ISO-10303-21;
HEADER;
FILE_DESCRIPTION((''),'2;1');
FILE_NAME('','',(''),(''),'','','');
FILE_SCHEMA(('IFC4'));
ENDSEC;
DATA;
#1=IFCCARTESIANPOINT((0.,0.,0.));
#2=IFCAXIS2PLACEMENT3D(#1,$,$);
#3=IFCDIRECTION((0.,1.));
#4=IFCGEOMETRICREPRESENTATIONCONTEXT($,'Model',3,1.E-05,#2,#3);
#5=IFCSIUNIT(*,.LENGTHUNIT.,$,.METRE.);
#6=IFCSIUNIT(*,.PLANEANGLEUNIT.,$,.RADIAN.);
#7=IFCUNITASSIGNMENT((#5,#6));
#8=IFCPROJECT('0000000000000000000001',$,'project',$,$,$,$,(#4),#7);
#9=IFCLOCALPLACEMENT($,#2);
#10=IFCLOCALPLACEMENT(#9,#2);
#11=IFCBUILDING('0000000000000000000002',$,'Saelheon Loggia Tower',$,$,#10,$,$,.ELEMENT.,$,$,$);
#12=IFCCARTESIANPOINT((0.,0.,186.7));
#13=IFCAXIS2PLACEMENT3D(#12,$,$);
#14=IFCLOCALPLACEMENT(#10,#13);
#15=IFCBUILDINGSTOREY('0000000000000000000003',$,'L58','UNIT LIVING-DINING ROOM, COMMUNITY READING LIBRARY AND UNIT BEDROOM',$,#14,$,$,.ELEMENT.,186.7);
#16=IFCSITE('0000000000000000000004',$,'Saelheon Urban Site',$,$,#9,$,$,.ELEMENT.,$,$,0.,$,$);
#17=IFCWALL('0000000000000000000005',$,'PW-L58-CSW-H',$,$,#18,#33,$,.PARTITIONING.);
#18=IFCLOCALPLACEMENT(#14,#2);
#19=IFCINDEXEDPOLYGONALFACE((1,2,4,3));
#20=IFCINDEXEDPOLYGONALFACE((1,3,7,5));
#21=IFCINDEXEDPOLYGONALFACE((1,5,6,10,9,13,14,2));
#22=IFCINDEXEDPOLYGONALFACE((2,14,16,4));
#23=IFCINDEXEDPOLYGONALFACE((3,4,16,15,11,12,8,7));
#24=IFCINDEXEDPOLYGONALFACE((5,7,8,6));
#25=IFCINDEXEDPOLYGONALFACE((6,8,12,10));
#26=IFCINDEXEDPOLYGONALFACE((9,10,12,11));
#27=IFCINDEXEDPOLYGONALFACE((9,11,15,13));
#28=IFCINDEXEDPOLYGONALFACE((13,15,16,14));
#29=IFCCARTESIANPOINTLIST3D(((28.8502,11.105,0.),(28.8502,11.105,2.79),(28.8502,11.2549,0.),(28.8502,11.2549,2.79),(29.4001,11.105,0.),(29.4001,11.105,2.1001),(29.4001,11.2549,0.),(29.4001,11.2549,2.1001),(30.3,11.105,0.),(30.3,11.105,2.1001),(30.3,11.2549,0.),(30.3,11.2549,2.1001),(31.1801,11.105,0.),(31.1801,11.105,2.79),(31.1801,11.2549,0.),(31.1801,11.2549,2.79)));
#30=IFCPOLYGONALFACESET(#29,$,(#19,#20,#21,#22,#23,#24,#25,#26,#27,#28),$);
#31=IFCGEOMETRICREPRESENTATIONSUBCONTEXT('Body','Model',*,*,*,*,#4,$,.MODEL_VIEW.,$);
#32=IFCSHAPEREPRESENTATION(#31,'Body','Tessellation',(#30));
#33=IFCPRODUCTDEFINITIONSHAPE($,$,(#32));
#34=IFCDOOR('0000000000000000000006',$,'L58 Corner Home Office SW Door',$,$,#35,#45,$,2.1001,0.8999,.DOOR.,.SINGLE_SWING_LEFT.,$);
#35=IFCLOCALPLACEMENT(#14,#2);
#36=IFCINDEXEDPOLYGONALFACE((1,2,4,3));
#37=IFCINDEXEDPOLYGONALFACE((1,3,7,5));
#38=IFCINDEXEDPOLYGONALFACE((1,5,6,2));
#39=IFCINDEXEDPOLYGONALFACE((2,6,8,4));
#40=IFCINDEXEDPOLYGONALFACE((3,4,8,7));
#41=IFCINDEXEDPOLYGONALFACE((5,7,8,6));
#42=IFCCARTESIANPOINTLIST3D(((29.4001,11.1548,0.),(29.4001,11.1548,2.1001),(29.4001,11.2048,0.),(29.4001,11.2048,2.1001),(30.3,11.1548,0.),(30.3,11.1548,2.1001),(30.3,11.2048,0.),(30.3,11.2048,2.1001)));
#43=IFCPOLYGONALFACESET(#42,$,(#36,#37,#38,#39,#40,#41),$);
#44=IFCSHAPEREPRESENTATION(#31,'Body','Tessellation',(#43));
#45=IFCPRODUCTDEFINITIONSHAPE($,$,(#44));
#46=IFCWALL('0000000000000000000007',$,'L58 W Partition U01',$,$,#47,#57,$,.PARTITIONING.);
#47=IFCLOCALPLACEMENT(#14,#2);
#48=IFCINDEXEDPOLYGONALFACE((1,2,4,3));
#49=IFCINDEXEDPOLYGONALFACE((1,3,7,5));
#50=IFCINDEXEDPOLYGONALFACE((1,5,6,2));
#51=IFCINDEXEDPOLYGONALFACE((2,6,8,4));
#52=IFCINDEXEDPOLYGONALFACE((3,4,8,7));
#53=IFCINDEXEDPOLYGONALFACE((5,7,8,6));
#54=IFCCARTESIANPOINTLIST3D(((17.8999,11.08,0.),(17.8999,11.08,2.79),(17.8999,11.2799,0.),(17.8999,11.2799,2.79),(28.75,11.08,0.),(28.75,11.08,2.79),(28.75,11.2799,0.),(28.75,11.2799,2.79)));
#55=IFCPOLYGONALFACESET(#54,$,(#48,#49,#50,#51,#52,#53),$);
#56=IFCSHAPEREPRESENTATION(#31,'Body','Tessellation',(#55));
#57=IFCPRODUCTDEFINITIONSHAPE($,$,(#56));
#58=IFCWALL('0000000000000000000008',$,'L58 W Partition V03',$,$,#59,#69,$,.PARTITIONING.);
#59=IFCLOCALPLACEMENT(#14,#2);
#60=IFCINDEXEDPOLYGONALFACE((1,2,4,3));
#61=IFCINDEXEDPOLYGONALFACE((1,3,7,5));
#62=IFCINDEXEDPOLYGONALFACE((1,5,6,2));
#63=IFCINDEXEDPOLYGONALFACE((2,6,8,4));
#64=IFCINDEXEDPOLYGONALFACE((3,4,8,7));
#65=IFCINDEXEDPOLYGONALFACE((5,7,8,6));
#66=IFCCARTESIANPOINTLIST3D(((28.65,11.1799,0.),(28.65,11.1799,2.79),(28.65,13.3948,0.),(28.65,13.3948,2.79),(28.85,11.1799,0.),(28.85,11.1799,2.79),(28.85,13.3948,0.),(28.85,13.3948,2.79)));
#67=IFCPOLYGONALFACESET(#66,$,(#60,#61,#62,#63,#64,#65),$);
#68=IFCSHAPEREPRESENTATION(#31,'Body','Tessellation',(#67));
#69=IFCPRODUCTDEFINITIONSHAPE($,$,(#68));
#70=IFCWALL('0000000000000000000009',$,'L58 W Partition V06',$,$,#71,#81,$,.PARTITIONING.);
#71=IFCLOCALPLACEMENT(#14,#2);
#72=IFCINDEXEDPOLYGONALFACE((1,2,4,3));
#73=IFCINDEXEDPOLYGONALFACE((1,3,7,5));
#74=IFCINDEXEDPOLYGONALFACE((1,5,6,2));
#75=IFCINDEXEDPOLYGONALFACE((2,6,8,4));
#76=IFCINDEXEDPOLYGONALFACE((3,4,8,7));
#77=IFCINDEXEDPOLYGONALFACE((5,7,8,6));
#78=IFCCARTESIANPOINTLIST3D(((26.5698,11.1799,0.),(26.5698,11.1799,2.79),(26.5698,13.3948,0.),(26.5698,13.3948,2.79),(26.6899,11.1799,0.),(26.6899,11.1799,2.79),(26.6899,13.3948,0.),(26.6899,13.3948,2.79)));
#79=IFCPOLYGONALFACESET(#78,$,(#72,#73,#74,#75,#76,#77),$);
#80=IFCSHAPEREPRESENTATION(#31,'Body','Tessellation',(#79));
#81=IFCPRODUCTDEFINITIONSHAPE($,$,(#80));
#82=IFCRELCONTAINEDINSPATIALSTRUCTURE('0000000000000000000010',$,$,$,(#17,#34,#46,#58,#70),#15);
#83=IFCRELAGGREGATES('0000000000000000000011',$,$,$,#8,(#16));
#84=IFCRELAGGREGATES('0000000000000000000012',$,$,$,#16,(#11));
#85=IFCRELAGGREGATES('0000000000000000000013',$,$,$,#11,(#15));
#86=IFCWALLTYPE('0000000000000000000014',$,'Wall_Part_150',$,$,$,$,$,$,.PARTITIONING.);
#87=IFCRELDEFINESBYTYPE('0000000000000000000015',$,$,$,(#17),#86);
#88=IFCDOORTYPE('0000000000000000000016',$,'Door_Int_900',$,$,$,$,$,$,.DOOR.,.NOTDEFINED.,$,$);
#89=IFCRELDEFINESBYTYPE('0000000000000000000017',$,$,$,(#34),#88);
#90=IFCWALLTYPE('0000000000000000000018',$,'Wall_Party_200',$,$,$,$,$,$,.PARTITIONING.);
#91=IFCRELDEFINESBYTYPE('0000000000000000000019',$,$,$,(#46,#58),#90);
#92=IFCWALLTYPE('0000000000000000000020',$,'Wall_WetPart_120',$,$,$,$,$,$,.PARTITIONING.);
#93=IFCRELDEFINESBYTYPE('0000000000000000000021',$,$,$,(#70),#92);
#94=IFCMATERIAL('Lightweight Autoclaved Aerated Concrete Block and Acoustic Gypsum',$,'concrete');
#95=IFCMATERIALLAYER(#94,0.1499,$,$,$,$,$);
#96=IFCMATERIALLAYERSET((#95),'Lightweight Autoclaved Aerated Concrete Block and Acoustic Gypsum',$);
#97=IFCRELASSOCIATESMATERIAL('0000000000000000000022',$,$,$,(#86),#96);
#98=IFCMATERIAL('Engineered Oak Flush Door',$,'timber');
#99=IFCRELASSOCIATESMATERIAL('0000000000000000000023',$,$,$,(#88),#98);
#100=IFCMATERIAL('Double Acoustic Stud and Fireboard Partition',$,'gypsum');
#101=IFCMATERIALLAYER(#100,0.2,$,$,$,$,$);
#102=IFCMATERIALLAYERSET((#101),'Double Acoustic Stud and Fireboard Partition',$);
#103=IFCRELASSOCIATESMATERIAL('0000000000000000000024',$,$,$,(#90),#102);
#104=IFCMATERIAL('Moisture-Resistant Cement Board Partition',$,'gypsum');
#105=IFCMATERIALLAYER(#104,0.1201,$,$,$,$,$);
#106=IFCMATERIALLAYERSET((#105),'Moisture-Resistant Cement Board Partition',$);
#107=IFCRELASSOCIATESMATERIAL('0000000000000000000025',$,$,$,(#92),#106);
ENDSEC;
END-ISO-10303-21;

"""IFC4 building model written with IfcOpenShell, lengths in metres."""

from ifc_helpers import new_model, si_unit, direction, frame, frame_2d, origin, place, context, subcontext, project, spatial, rectangle, extrude, source, transform, mapped, material, layer, layer_set, type_object, element, fill, save


model = new_model("IFC4")

# Units and contexts
model_context = context("Model", 3, precision=1e-05, world=origin(), true_north=direction((0.0, 1.0)))
body_context = subcontext(model_context, "Body", "Model", "MODEL_VIEW")
ifc_project = project(units=[si_unit("LENGTHUNIT", "METRE"), si_unit("PLANEANGLEUNIT", "RADIAN")], contexts=[model_context])

# Site, building, storey
site_placement = place(None, origin())
site = spatial("IfcSite", under=ifc_project, at=site_placement, Name="Saelheon Urban Site", CompositionType="ELEMENT", RefElevation=0.0)
building_placement = place(site_placement, origin())
building = spatial("IfcBuilding", under=site, at=building_placement, Name="Saelheon Loggia Tower", CompositionType="ELEMENT")
storey_placement = place(building_placement, frame((0.0, 0.0, 186.7)))
storey = spatial("IfcBuildingStorey", under=building, at=storey_placement, Name="L58", Description="UNIT LIVING-DINING ROOM, COMMUNITY READING LIBRARY AND UNIT BEDROOM", CompositionType="ELEMENT", Elevation=186.7)

# Wall, opening, door
ifc_material_1 = material(Name="Lightweight Autoclaved Aerated Concrete Block and Acoustic Gypsum", Category="concrete")
ifc_layer_1 = layer(ifc_material_1, 0.1499)
ifc_layer_set_1 = layer_set([ifc_layer_1], Name="Lightweight Autoclaved Aerated Concrete Block and Acoustic Gypsum")
wall_type_1 = type_object("IfcWallType", Name="Wall_Part_150", PredefinedType="PARTITIONING", material=ifc_layer_set_1)
wall_1_placement = place(storey_placement, frame((28.8501, 11.1799, 0.0), z_axis=(0.0, 0.0, 1.0), x_axis=(1.0, 0.0, 0.0)))
wall_1 = element("IfcWall", 1, at=wall_1_placement, inside=storey, type_object=wall_type_1, Name="PW-L58-CSW-H", PredefinedType="PARTITIONING", context=body_context, shape_type="SweptSolid", body=[
    extrude(rectangle(XDim=2.3298, YDim=0.1499, at=frame_2d((1.165, 0.0))), origin(), (0.0, 0.0, 1.0), 2.79),
])
opening_placement = place(wall_1_placement, frame((0.55, 0.0, 0.0)))
opening = element("IfcOpeningElement", 2, at=opening_placement, cuts=wall_1, PredefinedType="OPENING", context=body_context, shape_type="SweptSolid", body=[
    extrude(rectangle(XDim=0.8999, YDim=2.1001, at=frame_2d((0.45, 1.05))), frame((0.0, 0.0869, 0.0), z_axis=(0.0, -1.0, 0.0), x_axis=(1.0, 0.0, 0.0)), (0.0, 0.0, 1.0), 0.1738),
])
ifc_material_2 = material(Name="Engineered Oak Flush Door", Category="timber")
door_type = type_object("IfcDoorType", Name="Door_Int_900", OperationType="NOTDEFINED", PredefinedType="DOOR", material=ifc_material_2)
shared_shape_1 = source(origin(), body_context, "Body", "SweptSolid", [
    extrude(rectangle(XDim=0.8999, YDim=2.1001, at=frame_2d((0.45, 1.05))), frame((0.0, 0.0249, 0.0), z_axis=(0.0, -1.0, 0.0), x_axis=(1.0, 0.0, 0.0)), (0.0, 0.0, 1.0), 0.05),
])
door_placement = place(opening_placement, origin())
door = element("IfcDoor", 3, at=door_placement, inside=storey, type_object=door_type, Name="L58 Corner Home Office SW Door", OperationType="SINGLE_SWING_LEFT", OverallHeight=2.1001, OverallWidth=0.8999, PredefinedType="DOOR", context=body_context, shape_type="MappedRepresentation", body=[
    mapped(shared_shape_1, transform((0.0, 0.0, 0.0), scale=1.0)),
])
fill(opening, door)

# Walls
ifc_material_3 = material(Name="Double Acoustic Stud and Fireboard Partition", Category="gypsum")
ifc_layer_2 = layer(ifc_material_3, 0.2)
ifc_layer_set_2 = layer_set([ifc_layer_2], Name="Double Acoustic Stud and Fireboard Partition")
wall_type_2 = type_object("IfcWallType", Name="Wall_Party_200", PredefinedType="PARTITIONING", material=ifc_layer_set_2)
wall_2_placement = place(storey_placement, frame((28.75, 11.1799, 0.0), z_axis=(0.0, 0.0, 1.0), x_axis=(-1.0, 0.0, 0.0)))
element("IfcWall", 4, at=wall_2_placement, inside=storey, type_object=wall_type_2, Name="L58 W Partition U01", PredefinedType="PARTITIONING", context=body_context, shape_type="SweptSolid", body=[
    extrude(rectangle(XDim=10.8501, YDim=0.2, at=frame_2d((5.425, 0.0))), origin(), (0.0, 0.0, 1.0), 2.79),
])
wall_3_placement = place(storey_placement, frame((28.75, 11.1799, 0.0), z_axis=(0.0, 0.0, 1.0), x_axis=(0.0, 1.0, 0.0)))
element("IfcWall", 5, at=wall_3_placement, inside=storey, type_object=wall_type_2, Name="L58 W Partition V03", PredefinedType="PARTITIONING", context=body_context, shape_type="SweptSolid", body=[
    extrude(rectangle(XDim=2.2148, YDim=0.2, at=frame_2d((1.1074, 0.0))), origin(), (0.0, 0.0, 1.0), 2.79),
])
ifc_material_4 = material(Name="Moisture-Resistant Cement Board Partition", Category="gypsum")
ifc_layer_3 = layer(ifc_material_4, 0.1201)
ifc_layer_set_3 = layer_set([ifc_layer_3], Name="Moisture-Resistant Cement Board Partition")
wall_type_3 = type_object("IfcWallType", Name="Wall_WetPart_120", PredefinedType="PARTITIONING", material=ifc_layer_set_3)
wall_4_placement = place(storey_placement, frame((26.6299, 11.1799, 0.0), z_axis=(0.0, 0.0, 1.0), x_axis=(0.0, 1.0, 0.0)))
element("IfcWall", 6, at=wall_4_placement, inside=storey, type_object=wall_type_3, Name="L58 W Partition V06", PredefinedType="PARTITIONING", context=body_context, shape_type="SweptSolid", body=[
    extrude(rectangle(XDim=2.2148, YDim=0.1201, at=frame_2d((1.1074, 0.0))), origin(), (0.0, 0.0, 1.0), 2.79),
])

save(model, "model.ifc")
